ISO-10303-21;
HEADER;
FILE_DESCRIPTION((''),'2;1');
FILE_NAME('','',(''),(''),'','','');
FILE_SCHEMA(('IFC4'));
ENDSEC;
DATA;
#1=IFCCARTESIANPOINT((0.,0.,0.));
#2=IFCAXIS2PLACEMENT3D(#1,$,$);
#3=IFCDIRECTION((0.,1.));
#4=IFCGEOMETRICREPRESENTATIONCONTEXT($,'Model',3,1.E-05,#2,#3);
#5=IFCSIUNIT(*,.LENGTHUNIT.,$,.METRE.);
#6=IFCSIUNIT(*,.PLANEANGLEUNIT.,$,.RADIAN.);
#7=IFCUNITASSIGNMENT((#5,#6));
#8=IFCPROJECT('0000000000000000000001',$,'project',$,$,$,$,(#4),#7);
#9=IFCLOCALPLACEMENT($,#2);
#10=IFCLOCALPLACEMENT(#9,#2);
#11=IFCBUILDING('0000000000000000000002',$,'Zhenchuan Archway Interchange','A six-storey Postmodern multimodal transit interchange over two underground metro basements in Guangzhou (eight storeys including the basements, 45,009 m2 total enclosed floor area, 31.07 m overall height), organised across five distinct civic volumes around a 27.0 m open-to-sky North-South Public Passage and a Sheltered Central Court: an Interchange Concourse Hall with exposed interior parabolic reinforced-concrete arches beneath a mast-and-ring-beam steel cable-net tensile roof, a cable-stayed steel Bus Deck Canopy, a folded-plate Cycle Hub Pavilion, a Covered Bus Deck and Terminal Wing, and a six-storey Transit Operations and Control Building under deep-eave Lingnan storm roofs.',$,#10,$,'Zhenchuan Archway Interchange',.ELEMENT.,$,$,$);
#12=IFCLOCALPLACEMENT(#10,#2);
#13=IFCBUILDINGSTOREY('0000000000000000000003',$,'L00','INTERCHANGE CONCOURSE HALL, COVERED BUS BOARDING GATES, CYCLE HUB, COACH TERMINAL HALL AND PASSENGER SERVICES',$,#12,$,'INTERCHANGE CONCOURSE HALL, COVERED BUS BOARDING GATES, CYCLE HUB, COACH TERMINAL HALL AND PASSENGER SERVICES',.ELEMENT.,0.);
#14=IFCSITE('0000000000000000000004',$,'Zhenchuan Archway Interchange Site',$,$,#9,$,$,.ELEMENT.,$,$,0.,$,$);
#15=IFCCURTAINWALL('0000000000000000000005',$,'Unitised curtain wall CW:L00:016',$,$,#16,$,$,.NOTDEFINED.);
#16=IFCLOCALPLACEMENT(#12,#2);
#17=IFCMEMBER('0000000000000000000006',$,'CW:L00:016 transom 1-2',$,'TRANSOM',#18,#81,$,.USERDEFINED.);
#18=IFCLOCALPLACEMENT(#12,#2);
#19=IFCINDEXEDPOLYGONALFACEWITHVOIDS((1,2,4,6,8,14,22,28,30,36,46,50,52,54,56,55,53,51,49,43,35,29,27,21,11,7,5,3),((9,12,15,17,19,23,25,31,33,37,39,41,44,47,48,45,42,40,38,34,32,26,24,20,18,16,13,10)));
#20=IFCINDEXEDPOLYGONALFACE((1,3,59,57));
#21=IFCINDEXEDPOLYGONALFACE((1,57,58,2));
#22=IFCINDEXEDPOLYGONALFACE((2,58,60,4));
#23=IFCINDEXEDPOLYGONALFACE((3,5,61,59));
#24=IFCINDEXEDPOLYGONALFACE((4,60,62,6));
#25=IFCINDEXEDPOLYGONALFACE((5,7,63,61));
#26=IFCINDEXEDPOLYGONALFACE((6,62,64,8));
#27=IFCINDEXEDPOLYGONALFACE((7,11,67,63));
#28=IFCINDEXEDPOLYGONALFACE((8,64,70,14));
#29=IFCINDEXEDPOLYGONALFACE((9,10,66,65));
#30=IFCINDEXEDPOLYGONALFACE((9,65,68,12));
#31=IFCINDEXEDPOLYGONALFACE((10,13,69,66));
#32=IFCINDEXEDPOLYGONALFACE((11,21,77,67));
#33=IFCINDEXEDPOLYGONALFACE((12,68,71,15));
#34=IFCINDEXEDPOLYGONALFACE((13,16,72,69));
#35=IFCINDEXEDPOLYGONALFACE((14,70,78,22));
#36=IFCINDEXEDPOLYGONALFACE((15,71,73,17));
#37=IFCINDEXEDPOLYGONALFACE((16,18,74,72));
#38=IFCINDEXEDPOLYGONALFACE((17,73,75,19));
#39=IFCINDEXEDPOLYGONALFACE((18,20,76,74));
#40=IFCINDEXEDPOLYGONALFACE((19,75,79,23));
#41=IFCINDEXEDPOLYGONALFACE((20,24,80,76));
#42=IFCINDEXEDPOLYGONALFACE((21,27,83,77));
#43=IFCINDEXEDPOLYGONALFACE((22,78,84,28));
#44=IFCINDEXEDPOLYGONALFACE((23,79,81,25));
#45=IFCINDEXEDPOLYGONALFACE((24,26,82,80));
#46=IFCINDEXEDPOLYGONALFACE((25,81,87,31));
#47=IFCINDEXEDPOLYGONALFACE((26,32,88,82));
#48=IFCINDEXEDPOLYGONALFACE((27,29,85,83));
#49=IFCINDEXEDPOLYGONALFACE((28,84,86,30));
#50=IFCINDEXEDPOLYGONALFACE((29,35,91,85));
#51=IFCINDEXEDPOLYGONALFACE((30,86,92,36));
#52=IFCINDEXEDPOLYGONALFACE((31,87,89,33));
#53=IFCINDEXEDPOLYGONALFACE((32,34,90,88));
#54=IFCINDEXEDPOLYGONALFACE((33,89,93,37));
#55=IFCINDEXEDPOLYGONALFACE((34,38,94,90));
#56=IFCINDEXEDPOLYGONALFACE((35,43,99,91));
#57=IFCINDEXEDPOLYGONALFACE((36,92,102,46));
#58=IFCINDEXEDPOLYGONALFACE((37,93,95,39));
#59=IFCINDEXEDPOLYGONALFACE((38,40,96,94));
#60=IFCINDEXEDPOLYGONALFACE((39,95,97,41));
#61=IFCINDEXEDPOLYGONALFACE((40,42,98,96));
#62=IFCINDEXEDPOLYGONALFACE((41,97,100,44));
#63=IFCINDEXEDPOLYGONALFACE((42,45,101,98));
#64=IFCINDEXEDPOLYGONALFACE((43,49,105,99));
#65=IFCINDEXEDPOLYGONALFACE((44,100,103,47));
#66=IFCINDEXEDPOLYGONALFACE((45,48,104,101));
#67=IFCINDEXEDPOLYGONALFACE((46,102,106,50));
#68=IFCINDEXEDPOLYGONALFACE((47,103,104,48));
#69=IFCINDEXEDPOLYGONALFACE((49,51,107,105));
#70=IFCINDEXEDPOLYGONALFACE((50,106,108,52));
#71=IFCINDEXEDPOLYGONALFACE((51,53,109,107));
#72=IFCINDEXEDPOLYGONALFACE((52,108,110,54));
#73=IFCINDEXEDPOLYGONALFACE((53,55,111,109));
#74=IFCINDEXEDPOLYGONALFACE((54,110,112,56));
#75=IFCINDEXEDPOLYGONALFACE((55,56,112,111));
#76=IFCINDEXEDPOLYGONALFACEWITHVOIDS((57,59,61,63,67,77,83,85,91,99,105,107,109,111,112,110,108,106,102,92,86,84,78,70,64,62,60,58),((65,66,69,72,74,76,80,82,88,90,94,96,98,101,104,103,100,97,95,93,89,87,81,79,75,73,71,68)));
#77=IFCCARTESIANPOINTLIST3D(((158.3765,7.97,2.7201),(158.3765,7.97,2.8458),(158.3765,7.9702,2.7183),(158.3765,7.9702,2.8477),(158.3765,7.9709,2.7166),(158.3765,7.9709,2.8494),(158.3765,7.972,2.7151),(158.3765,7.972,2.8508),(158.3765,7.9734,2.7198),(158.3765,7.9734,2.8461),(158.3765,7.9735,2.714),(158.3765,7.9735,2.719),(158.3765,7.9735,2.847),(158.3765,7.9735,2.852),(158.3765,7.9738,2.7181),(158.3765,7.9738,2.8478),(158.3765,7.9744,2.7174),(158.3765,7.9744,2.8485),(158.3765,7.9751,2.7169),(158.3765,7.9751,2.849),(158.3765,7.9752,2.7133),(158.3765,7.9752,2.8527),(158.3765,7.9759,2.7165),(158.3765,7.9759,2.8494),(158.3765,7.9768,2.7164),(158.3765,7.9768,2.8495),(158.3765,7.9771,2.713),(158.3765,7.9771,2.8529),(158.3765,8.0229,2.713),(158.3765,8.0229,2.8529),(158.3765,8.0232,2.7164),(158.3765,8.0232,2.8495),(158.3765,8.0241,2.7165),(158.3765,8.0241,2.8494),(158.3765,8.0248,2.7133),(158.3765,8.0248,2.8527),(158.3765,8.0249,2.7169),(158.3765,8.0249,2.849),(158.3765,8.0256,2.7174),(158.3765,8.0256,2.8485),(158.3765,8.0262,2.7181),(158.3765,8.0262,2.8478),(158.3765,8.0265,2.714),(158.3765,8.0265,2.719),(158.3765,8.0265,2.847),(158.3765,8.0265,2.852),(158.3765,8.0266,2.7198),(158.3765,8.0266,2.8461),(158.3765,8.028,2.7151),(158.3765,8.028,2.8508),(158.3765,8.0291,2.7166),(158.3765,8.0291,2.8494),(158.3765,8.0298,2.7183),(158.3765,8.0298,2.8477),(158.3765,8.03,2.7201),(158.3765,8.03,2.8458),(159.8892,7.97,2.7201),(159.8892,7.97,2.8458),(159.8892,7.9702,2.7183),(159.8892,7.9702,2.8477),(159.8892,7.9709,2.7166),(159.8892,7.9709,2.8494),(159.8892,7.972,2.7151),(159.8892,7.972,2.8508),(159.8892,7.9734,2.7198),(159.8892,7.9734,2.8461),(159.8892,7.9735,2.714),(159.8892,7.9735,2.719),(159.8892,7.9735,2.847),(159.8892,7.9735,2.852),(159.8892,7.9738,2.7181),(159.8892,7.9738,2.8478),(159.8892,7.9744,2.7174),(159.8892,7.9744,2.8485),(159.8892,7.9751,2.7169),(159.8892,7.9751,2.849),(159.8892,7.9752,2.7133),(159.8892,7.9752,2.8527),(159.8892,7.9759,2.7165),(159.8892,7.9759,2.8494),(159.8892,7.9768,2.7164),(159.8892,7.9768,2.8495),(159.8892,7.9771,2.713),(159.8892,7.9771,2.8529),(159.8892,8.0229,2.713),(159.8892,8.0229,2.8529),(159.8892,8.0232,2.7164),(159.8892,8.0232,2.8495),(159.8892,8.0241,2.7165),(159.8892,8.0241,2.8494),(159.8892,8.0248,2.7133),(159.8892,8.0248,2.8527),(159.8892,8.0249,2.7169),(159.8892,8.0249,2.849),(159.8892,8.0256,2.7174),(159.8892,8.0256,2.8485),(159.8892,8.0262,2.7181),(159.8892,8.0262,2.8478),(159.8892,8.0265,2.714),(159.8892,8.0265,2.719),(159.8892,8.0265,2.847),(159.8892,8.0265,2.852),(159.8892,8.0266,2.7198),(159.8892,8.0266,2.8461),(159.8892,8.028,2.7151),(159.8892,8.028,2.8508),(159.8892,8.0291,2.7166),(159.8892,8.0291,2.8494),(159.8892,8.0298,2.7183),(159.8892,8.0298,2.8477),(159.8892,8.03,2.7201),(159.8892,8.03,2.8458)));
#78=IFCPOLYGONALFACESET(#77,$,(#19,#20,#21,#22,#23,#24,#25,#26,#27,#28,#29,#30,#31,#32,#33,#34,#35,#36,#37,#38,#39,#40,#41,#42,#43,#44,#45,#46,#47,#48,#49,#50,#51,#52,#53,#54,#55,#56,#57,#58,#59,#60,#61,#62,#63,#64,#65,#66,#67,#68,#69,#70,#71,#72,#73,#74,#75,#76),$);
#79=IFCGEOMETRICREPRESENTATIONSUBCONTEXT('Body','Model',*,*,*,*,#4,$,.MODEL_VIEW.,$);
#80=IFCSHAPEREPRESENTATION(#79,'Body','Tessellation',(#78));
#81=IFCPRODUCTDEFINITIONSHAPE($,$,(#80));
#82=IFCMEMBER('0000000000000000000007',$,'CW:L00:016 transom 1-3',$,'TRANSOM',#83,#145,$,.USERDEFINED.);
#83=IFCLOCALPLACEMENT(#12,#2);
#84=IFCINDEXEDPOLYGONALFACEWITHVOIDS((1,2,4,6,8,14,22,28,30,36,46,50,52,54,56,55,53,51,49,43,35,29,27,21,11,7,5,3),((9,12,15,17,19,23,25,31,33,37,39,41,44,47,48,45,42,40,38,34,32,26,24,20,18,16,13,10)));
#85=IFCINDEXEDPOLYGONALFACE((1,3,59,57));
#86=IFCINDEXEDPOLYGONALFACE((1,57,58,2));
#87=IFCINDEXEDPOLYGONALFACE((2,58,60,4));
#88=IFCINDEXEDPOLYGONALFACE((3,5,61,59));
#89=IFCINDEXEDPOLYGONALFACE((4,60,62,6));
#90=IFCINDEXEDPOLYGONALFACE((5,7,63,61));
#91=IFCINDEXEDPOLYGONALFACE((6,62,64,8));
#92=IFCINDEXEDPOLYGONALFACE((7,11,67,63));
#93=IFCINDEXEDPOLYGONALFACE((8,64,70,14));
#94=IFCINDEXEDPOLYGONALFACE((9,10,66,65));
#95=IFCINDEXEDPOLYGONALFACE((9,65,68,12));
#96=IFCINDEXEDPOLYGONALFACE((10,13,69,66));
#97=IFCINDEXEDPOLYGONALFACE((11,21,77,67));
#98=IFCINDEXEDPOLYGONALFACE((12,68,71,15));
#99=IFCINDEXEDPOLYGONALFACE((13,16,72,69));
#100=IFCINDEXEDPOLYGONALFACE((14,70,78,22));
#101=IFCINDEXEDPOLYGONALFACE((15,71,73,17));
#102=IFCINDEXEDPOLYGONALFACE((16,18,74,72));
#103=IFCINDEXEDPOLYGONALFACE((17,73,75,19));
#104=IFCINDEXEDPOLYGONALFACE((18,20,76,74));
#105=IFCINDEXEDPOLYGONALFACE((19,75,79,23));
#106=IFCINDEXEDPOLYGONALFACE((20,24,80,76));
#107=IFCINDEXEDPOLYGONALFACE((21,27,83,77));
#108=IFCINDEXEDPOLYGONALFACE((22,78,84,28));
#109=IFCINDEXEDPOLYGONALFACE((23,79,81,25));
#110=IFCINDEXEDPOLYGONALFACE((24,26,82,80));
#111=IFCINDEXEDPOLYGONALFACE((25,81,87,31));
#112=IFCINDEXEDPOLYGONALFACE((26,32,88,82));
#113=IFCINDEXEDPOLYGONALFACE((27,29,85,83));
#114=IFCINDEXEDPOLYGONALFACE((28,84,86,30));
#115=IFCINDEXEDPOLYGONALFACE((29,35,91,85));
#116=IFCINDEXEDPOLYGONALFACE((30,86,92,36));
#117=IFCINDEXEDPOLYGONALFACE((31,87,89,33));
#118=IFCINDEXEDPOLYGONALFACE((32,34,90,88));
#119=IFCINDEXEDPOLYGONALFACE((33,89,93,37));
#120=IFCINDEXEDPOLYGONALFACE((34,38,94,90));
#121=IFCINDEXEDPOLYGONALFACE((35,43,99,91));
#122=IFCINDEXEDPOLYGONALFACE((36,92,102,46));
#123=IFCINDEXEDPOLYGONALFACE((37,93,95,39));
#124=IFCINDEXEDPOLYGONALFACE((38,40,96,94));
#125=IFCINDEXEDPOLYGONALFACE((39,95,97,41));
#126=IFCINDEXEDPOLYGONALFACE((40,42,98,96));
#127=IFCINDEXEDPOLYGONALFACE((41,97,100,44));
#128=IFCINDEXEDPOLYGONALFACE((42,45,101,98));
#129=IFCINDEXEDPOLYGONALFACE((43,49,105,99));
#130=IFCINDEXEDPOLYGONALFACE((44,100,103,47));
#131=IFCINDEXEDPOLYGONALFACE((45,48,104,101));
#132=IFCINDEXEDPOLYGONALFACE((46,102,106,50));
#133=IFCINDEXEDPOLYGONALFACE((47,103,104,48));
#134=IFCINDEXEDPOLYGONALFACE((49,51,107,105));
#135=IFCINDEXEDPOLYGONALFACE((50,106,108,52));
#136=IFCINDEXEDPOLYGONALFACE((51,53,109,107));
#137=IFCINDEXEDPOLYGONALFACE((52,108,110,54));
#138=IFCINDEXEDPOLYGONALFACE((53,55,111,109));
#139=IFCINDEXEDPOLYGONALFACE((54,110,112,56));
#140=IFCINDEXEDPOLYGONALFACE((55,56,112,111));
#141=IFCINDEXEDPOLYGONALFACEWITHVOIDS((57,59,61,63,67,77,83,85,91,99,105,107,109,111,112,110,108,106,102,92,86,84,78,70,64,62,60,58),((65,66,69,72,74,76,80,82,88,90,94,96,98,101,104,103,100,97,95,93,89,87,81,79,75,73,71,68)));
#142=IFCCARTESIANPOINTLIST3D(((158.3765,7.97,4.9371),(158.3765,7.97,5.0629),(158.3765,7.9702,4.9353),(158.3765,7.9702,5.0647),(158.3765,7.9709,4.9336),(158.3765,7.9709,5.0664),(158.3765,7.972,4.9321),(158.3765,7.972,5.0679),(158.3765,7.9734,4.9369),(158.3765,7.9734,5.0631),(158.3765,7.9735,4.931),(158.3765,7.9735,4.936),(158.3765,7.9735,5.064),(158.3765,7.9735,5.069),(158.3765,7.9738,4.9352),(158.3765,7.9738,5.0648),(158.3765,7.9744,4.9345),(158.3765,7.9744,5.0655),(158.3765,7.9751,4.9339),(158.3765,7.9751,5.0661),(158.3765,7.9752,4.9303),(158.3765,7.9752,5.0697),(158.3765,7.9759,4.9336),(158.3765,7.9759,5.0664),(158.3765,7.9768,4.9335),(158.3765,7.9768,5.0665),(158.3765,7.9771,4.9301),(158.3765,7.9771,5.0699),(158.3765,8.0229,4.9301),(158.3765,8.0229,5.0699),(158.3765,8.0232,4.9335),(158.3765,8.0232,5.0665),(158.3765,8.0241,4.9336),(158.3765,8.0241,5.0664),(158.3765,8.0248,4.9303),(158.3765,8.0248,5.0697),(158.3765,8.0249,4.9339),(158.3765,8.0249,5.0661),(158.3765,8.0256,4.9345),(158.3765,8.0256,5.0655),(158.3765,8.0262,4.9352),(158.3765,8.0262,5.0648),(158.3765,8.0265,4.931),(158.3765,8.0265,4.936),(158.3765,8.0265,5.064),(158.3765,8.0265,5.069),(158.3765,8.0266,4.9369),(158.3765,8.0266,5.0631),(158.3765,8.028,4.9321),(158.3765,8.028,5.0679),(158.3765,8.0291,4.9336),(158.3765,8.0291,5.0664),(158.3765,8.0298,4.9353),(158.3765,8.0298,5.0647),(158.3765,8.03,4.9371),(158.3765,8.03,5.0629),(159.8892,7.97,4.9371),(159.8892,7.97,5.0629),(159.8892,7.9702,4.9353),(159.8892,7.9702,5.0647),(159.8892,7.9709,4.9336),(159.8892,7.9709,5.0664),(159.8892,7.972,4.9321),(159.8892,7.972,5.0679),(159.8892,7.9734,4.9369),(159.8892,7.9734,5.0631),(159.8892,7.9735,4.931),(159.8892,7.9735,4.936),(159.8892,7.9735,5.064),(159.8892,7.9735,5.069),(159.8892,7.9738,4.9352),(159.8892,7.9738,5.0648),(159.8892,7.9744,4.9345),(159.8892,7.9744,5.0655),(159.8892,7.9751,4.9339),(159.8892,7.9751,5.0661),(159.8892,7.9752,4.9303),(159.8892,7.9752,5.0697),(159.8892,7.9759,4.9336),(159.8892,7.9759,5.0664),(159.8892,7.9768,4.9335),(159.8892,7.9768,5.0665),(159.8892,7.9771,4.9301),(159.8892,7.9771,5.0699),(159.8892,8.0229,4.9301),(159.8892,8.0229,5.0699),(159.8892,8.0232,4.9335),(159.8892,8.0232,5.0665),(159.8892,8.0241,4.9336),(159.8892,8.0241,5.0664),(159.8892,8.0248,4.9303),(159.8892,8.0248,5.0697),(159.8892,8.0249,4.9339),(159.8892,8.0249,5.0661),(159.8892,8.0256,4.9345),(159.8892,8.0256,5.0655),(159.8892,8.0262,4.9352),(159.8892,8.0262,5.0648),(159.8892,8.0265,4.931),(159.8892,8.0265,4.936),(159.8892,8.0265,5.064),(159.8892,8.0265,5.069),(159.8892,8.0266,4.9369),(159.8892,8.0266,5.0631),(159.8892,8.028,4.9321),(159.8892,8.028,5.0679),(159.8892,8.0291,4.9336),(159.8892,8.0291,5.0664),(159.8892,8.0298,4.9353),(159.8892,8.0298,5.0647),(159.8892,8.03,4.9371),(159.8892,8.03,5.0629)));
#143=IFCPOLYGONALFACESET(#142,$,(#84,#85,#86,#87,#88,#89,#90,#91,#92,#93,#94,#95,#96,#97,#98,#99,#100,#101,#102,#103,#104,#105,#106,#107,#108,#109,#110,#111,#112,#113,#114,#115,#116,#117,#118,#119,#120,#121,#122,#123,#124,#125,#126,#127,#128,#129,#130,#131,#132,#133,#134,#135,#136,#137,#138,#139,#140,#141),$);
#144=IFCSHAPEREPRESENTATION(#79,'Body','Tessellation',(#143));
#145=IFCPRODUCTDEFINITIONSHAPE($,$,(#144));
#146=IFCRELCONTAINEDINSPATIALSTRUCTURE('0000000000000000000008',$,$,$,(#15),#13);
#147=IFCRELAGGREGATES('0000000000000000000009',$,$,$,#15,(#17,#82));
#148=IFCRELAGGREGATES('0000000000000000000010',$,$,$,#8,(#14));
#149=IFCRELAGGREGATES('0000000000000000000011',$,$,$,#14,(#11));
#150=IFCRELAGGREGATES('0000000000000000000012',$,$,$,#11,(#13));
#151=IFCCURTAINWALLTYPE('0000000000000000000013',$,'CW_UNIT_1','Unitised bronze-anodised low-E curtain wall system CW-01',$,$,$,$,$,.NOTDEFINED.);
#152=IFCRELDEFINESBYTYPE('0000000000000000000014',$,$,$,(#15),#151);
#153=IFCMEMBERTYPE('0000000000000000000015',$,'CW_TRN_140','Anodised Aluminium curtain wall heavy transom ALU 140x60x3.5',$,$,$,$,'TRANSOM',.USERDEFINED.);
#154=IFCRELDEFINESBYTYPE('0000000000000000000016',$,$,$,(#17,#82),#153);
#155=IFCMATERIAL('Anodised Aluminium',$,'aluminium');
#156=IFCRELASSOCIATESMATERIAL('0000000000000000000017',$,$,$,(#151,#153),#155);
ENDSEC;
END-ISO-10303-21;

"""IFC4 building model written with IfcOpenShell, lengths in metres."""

from ifc_helpers import new_model, si_unit, direction, frame, origin, origin_2d, place, context, subcontext, project, spatial, hollow_rectangle, extrude, material, material_profile, profile_set, type_object, element, aggregate, save


model = new_model("IFC4")

# Units and contexts
model_context = context("Model", 3, precision=1e-05, world=origin(), true_north=direction((0.0, 1.0)))
body_context = subcontext(model_context, "Body", "Model", "MODEL_VIEW")
ifc_project = project(units=[si_unit("LENGTHUNIT", "METRE"), si_unit("PLANEANGLEUNIT", "RADIAN")], contexts=[model_context])

# Site, building, storey
site_placement = place(None, origin())
site = spatial("IfcSite", under=ifc_project, at=site_placement, Name="Zhenchuan Archway Interchange Site", CompositionType="ELEMENT", RefElevation=0.0)
building_placement = place(site_placement, origin())
building = spatial("IfcBuilding", under=site, at=building_placement, Name="Zhenchuan Archway Interchange", Description="A six-storey Postmodern multimodal transit interchange over two underground metro basements in Guangzhou (eight storeys including the basements, 45,009 m2 total enclosed floor area, 31.07 m overall height), organised across five distinct civic volumes around a 27.0 m open-to-sky North-South Public Passage and a Sheltered Central Court: an Interchange Concourse Hall with exposed interior parabolic reinforced-concrete arches beneath a mast-and-ring-beam steel cable-net tensile roof, a cable-stayed steel Bus Deck Canopy, a folded-plate Cycle Hub Pavilion, a Covered Bus Deck and Terminal Wing, and a six-storey Transit Operations and Control Building under deep-eave Lingnan storm roofs.", LongName="Zhenchuan Archway Interchange", CompositionType="ELEMENT")
storey_placement = place(building_placement, origin())
storey = spatial("IfcBuildingStorey", under=building, at=storey_placement, Name="L00", Description="INTERCHANGE CONCOURSE HALL, COVERED BUS BOARDING GATES, CYCLE HUB, COACH TERMINAL HALL AND PASSENGER SERVICES", LongName="INTERCHANGE CONCOURSE HALL, COVERED BUS BOARDING GATES, CYCLE HUB, COACH TERMINAL HALL AND PASSENGER SERVICES", CompositionType="ELEMENT", Elevation=0.0)

# Curtain wall, members
ifc_material_1 = material(Name="Anodised Aluminium", Category="aluminium")
curtain_wall_type = type_object("IfcCurtainWallType", Name="CW_UNIT_1", Description="Unitised bronze-anodised low-E curtain wall system CW-01", PredefinedType="NOTDEFINED", material=ifc_material_1)
curtain_wall_placement = place(storey_placement, origin())
curtain_wall = element("IfcCurtainWall", 1, at=curtain_wall_placement, inside=storey, type_object=curtain_wall_type, Name="Unitised curtain wall CW:L00:016", PredefinedType="NOTDEFINED")
ifc_material_profile_1 = material_profile(ifc_material_1, hollow_rectangle(XDim=0.0601, YDim=0.1399, WallThickness=0.0034, InnerFilletRadius=0.0034, OuterFilletRadius=0.0071, at=origin_2d()), Name="ALU 140x60x3.5")
ifc_profile_set_1 = profile_set([ifc_material_profile_1], Name="Anodised Aluminium")
member_type_1 = type_object("IfcMemberType", Name="CW_TRN_140", Description="Anodised Aluminium curtain wall heavy transom ALU 140x60x3.5", ElementType="TRANSOM", PredefinedType="USERDEFINED", material=ifc_profile_set_1)
member_1_placement = place(storey_placement, frame((159.8892, 8.0, 2.783), z_axis=(-1.0, 0.0, 0.0), x_axis=(0.0, -1.0, 0.0)))
member_1 = element("IfcMember", 2, at=member_1_placement, type_object=member_type_1, Name="CW:L00:016 transom 1-2", ObjectType="TRANSOM", PredefinedType="USERDEFINED", context=body_context, shape_type="SweptSolid", body=[
    extrude(hollow_rectangle(XDim=0.0601, YDim=0.1399, WallThickness=0.0034, InnerFilletRadius=0.0034, OuterFilletRadius=0.0071, at=origin_2d()), origin(), (0.0, 0.0, 1.0), 1.5127),
])
member_2_placement = place(storey_placement, frame((159.8892, 8.0, 5.0), z_axis=(-1.0, 0.0, 0.0), x_axis=(0.0, -1.0, 0.0)))
member_2 = element("IfcMember", 3, at=member_2_placement, type_object=member_type_1, Name="CW:L00:016 transom 1-3", ObjectType="TRANSOM", PredefinedType="USERDEFINED", context=body_context, shape_type="SweptSolid", body=[
    extrude(hollow_rectangle(XDim=0.0601, YDim=0.1399, WallThickness=0.0034, InnerFilletRadius=0.0034, OuterFilletRadius=0.0071, at=origin_2d()), origin(), (0.0, 0.0, 1.0), 1.5127),
])

aggregate(curtain_wall, [member_1, member_2])

save(model, "model.ifc")
